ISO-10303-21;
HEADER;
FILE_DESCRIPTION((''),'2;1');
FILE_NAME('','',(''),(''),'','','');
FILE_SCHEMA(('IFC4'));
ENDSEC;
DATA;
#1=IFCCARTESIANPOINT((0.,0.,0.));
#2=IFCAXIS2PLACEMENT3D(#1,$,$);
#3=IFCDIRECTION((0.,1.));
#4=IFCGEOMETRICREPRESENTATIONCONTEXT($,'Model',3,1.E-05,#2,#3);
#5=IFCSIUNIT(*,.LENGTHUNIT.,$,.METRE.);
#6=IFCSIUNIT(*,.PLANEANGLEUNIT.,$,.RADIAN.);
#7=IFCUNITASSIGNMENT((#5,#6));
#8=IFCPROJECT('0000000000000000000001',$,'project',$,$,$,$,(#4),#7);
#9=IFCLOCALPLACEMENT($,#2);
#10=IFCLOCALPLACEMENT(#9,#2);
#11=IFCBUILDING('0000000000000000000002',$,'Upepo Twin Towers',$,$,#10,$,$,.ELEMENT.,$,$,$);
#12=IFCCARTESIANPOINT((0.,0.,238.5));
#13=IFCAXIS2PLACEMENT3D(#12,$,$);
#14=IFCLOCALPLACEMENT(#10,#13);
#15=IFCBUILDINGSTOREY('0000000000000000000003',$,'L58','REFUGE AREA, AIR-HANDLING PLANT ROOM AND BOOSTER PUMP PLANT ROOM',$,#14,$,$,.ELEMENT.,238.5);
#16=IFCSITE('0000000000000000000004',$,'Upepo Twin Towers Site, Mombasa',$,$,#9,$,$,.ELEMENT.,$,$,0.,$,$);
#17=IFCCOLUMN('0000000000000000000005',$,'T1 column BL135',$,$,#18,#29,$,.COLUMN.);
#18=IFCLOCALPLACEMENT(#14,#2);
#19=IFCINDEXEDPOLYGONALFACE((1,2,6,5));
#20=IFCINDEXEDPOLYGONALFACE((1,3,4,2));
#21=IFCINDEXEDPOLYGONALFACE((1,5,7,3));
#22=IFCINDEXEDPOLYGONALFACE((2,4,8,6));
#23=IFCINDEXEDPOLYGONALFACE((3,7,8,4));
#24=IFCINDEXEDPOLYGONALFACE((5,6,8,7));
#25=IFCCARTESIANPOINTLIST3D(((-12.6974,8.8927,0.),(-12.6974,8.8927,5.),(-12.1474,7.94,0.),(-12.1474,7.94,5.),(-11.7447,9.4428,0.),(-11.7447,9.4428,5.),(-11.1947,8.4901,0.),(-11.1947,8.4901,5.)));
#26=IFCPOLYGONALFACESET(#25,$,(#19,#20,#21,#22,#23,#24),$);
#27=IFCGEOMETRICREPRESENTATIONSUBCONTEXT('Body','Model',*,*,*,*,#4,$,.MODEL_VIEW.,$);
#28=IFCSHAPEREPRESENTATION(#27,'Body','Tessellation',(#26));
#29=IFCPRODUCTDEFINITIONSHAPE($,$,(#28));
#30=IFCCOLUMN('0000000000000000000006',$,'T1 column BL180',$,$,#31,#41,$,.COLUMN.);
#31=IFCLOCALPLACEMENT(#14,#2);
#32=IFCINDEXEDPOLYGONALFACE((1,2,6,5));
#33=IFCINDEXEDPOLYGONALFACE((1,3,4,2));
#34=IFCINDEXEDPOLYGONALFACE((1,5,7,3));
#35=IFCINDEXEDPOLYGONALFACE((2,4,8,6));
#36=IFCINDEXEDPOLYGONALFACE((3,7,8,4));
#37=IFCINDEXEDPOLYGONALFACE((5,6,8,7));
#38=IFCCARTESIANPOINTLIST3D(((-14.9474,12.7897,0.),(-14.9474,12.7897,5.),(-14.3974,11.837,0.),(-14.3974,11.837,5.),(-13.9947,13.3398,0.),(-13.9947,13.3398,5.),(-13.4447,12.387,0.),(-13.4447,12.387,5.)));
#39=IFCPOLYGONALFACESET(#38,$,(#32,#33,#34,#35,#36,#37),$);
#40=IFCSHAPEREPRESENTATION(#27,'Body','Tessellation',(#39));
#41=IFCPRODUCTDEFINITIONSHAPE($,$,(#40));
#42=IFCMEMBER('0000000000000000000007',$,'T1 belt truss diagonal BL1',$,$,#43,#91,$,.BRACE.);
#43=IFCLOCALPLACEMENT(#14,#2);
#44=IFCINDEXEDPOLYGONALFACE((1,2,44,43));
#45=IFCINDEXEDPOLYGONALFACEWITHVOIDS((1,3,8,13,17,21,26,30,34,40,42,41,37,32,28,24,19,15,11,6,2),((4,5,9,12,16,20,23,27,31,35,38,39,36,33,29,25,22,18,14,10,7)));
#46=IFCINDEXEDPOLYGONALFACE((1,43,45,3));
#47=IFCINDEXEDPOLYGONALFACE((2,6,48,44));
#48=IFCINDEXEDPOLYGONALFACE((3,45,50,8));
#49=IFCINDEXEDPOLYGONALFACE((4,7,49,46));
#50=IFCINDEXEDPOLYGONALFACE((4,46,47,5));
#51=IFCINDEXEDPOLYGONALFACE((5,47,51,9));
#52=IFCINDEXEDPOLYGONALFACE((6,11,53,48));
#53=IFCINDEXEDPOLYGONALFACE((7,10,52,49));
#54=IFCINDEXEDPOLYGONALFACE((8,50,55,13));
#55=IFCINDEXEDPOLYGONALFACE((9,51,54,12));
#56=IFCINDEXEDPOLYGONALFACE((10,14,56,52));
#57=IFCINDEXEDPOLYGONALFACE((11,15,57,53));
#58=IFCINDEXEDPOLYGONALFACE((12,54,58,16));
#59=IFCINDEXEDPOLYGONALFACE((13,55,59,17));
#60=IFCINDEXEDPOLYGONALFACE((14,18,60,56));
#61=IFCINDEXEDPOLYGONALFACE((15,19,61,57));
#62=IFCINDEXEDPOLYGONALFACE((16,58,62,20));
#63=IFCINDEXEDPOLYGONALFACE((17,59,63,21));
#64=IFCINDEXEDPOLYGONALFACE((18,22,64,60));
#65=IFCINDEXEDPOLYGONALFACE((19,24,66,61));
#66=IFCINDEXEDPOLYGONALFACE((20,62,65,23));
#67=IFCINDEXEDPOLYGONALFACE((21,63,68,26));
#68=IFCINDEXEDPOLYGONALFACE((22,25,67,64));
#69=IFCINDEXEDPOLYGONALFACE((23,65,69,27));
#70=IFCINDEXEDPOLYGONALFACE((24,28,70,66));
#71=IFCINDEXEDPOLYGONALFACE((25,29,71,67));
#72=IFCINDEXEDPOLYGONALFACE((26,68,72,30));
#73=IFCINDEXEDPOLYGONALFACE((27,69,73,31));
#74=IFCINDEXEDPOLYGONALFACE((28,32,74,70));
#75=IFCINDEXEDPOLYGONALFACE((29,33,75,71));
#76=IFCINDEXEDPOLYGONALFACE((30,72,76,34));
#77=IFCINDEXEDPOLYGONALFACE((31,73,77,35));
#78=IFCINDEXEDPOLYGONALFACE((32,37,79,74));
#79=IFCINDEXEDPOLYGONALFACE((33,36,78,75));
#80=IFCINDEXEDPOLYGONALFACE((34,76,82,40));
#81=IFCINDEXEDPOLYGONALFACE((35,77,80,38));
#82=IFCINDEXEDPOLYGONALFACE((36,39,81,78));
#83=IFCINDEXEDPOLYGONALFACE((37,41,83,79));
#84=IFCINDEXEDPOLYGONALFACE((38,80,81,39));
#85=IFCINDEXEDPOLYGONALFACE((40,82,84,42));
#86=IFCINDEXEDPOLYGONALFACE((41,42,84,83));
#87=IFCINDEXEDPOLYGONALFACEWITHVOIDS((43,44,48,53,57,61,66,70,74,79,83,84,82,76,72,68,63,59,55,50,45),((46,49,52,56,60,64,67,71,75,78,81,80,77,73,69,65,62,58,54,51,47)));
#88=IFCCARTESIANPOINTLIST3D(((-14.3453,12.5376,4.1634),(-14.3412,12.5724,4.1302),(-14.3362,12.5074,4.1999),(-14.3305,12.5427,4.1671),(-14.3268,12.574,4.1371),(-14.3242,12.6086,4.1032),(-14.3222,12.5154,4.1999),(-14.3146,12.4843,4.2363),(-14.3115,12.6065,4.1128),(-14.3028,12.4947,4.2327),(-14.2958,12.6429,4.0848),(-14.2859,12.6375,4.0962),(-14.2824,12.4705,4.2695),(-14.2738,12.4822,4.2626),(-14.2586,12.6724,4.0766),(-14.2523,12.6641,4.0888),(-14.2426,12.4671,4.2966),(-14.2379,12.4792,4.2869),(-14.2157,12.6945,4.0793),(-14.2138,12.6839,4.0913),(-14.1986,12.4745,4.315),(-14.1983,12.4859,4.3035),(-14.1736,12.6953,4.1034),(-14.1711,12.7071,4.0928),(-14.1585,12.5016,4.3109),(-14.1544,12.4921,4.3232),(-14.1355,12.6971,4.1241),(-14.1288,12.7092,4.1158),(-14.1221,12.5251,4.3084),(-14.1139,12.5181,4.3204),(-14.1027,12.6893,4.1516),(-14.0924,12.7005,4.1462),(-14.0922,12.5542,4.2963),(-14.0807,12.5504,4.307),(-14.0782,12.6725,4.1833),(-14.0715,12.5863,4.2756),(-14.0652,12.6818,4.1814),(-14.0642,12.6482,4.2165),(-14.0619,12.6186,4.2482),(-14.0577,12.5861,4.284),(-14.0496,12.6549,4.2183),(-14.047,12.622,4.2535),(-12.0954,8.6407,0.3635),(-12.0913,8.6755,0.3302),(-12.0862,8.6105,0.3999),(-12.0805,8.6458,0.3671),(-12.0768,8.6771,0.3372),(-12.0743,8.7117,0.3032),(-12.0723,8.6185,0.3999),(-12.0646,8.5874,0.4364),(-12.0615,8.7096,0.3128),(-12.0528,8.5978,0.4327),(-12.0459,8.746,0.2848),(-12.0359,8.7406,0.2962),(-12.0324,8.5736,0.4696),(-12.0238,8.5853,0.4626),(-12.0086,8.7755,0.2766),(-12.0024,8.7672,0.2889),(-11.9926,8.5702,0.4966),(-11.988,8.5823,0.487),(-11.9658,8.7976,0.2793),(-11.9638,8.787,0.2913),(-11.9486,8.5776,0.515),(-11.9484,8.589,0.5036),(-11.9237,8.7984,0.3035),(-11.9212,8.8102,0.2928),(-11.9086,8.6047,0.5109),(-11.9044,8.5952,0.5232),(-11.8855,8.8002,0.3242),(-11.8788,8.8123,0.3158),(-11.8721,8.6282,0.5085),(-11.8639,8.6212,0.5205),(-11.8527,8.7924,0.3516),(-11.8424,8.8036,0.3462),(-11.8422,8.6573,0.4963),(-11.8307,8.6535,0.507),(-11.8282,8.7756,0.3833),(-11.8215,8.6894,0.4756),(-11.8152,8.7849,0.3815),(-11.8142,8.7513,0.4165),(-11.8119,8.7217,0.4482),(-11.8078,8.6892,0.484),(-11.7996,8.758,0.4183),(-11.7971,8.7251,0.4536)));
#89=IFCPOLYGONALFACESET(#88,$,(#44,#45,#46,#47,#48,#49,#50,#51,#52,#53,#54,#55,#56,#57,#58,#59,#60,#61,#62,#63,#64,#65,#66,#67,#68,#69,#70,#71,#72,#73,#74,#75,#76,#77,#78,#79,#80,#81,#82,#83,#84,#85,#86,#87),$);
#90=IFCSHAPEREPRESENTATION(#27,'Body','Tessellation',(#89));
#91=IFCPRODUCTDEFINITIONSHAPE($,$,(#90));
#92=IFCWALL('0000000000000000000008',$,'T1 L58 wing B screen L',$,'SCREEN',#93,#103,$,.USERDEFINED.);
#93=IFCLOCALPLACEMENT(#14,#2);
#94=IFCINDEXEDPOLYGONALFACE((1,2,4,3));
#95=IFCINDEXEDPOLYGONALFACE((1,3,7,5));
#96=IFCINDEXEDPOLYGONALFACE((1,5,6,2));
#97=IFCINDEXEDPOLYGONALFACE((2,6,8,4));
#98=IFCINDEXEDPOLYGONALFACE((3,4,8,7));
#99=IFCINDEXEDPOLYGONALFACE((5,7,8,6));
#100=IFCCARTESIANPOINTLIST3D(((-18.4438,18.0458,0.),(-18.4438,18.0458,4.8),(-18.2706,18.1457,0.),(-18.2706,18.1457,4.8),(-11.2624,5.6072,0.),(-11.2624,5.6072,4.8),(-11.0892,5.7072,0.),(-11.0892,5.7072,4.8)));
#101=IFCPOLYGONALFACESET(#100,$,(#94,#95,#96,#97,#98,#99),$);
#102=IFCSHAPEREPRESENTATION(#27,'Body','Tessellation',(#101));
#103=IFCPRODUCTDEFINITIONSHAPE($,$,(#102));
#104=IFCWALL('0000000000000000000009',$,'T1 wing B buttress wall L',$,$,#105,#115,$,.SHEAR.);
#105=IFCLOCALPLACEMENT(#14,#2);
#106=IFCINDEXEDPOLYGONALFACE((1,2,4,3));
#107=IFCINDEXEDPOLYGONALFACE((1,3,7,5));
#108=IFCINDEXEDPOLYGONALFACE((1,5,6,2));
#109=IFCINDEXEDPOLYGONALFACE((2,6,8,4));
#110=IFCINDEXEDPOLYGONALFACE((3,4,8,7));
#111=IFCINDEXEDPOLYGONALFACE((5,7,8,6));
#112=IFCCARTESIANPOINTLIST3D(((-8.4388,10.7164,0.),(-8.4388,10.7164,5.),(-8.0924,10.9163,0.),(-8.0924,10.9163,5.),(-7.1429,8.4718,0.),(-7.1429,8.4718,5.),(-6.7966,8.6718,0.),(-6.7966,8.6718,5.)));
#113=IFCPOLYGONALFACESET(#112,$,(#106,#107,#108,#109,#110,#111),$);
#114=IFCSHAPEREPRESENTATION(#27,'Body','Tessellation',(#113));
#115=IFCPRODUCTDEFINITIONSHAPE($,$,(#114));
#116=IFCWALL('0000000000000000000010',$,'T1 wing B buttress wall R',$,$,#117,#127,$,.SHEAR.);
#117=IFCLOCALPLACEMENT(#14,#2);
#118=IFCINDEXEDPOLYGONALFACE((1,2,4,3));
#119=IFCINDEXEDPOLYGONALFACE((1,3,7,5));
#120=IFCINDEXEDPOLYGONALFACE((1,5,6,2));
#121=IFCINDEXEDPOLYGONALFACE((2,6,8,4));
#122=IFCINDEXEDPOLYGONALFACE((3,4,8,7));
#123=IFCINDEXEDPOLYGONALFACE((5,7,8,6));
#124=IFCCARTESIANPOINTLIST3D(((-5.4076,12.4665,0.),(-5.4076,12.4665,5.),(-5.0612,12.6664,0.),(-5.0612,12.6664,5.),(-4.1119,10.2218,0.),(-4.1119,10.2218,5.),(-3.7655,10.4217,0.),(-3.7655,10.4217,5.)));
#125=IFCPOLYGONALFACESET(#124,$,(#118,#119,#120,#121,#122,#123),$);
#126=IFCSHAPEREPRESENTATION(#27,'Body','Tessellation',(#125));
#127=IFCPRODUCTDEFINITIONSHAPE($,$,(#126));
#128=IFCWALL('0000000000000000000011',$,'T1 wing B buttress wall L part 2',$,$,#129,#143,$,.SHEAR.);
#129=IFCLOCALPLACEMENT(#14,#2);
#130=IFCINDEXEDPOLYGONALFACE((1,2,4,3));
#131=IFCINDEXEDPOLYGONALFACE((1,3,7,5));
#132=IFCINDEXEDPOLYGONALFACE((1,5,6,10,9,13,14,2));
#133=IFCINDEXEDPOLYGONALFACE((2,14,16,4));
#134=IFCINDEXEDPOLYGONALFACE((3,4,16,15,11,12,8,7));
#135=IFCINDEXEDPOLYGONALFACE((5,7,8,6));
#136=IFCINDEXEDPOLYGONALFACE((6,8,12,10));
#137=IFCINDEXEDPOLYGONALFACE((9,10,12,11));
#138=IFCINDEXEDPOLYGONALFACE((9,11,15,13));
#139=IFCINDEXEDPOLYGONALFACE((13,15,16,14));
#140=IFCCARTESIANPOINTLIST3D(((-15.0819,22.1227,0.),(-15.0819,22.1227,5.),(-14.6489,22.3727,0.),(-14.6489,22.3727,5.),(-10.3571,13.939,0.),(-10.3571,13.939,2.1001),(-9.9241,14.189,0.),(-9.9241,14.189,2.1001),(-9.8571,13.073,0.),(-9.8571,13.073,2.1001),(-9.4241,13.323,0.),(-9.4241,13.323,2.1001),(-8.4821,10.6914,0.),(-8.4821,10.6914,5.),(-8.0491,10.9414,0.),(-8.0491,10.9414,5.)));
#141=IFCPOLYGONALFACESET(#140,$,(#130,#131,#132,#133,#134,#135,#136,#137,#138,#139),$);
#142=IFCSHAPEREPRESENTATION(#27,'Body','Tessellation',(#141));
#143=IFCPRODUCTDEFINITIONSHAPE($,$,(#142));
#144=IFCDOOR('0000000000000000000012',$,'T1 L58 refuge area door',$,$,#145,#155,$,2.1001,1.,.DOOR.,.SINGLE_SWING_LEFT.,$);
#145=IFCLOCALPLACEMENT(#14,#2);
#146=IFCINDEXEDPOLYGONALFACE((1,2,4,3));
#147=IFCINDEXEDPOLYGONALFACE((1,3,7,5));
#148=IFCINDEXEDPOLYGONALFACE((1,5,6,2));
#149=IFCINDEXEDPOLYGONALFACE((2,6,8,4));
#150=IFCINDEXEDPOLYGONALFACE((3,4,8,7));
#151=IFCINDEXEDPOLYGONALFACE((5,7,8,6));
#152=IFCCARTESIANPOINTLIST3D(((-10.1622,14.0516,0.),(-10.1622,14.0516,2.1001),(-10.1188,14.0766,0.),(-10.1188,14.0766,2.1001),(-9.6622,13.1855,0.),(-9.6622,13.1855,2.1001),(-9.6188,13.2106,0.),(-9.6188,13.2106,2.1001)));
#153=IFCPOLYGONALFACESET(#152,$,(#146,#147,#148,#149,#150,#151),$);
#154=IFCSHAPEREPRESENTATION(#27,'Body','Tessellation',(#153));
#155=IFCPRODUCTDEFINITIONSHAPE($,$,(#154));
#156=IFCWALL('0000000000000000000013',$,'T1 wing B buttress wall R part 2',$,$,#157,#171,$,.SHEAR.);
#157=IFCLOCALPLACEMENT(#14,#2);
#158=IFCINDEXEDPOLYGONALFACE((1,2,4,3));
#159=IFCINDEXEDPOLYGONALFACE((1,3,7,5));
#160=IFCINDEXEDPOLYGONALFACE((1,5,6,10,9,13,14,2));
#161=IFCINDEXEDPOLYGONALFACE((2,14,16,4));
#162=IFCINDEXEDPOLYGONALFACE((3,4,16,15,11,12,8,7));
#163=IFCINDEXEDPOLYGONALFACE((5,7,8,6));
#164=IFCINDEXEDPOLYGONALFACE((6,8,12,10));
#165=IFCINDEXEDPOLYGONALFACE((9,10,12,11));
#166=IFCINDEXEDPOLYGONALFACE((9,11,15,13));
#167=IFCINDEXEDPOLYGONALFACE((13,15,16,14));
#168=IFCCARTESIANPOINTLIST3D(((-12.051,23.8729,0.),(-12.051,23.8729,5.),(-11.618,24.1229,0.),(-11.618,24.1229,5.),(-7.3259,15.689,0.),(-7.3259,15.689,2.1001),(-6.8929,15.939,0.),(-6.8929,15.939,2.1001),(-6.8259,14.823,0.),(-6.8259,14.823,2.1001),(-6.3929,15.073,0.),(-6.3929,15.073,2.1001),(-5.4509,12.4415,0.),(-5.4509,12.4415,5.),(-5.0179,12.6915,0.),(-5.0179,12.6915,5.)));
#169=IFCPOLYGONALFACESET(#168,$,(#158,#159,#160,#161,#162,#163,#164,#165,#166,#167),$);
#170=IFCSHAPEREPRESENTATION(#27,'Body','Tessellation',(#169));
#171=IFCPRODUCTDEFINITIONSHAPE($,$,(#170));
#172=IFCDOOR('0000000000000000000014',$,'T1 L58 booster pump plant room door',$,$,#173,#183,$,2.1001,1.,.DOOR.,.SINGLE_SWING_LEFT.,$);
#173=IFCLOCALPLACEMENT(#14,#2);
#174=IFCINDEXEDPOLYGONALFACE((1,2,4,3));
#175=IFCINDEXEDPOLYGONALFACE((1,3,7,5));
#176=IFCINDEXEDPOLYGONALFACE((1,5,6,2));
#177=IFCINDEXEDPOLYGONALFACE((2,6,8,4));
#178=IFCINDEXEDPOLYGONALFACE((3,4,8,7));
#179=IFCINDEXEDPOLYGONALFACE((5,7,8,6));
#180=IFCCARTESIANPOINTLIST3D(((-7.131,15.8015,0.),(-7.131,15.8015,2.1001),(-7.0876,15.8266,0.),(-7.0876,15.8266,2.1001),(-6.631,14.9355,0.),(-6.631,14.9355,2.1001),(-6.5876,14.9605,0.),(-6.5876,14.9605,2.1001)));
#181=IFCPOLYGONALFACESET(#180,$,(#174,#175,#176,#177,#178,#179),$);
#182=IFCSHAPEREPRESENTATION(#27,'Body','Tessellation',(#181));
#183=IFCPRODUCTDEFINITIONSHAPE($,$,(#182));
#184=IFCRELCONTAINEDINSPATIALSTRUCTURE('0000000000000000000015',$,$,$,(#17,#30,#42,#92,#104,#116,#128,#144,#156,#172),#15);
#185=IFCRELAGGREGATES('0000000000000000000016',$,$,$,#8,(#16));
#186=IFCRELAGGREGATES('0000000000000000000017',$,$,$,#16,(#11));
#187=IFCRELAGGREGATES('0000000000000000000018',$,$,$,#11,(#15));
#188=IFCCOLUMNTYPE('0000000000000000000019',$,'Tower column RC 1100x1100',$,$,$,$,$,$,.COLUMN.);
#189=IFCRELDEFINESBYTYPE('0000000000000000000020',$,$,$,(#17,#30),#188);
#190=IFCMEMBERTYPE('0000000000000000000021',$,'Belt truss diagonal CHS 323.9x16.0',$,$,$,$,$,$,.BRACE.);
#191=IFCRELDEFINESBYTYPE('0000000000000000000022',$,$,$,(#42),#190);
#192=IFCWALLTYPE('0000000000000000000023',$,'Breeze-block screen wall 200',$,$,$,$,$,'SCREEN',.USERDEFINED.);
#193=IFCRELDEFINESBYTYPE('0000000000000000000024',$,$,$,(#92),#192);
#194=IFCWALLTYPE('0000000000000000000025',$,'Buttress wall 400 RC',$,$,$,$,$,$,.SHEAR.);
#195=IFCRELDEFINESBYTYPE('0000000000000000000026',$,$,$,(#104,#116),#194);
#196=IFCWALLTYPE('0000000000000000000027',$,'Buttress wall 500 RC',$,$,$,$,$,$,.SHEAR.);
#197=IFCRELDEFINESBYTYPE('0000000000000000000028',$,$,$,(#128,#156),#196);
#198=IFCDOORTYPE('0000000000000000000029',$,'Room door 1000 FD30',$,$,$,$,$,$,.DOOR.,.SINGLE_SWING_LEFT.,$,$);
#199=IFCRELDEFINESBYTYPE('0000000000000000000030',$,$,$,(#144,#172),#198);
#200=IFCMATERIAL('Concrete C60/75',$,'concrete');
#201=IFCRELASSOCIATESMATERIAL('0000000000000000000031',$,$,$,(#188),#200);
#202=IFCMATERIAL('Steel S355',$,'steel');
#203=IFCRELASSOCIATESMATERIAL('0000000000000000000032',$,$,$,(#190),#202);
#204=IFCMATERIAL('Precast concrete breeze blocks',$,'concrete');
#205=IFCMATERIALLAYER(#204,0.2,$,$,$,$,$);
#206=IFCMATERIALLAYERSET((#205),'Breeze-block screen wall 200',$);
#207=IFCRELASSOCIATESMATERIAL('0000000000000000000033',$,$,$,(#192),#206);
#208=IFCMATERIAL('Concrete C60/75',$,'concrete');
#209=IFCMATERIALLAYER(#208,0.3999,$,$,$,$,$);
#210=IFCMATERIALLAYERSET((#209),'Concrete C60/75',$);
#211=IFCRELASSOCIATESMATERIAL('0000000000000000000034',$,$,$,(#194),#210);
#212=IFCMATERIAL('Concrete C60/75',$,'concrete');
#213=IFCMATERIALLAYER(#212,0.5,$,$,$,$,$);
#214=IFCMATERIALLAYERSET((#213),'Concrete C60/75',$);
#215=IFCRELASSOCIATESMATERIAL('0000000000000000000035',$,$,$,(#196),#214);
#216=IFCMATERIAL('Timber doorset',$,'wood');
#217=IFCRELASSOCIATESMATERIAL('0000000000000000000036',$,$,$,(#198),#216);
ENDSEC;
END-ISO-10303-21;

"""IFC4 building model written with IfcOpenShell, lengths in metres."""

from ifc_helpers import new_model, si_unit, direction, frame, frame_2d, origin, origin_2d, place, context, subcontext, project, spatial, rectangle, hollow_circle, extrude, material, layer, layer_set, material_profile, profile_set, type_object, element, fill, save


model = new_model("IFC4")

# Units and contexts
model_context = context("Model", 3, precision=1e-05, world=origin(), true_north=direction((0.0, 1.0)))
body_context = subcontext(model_context, "Body", "Model", "MODEL_VIEW")
ifc_project = project(units=[si_unit("LENGTHUNIT", "METRE"), si_unit("PLANEANGLEUNIT", "RADIAN")], contexts=[model_context])

# Site, building, storey
site_placement = place(None, origin())
site = spatial("IfcSite", under=ifc_project, at=site_placement, Name="Upepo Twin Towers Site, Mombasa", CompositionType="ELEMENT", RefElevation=0.0)
building_placement = place(site_placement, origin())
building = spatial("IfcBuilding", under=site, at=building_placement, Name="Upepo Twin Towers", CompositionType="ELEMENT")
storey_placement = place(building_placement, frame((0.0, 0.0, 238.5)))
storey = spatial("IfcBuildingStorey", under=building, at=storey_placement, Name="L58", Description="REFUGE AREA, AIR-HANDLING PLANT ROOM AND BOOSTER PUMP PLANT ROOM", CompositionType="ELEMENT", Elevation=238.5)

# Columns
ifc_material_1 = material(Name="Concrete C60/75", Category="concrete")
ifc_material_profile_1 = material_profile(ifc_material_1, rectangle(XDim=1.1001, YDim=1.1001, at=origin_2d()), Name="RC 1100x1100")
ifc_profile_set_1 = profile_set([ifc_material_profile_1], Name="Concrete C60/75")
column_type = type_object("IfcColumnType", Name="Tower column RC 1100x1100", PredefinedType="COLUMN", material=ifc_profile_set_1)
for number, where, z_axis, x_axis, name in (
    (1, (-11.946, 8.6914, 0.0), (0.0, 0.0, 1.0), (0.866025, 0.5, 0.0), "T1 column BL135"),
    (2, (-14.196, 12.5884, 0.0), (0.0, 0.0, 1.0), (0.866025, 0.5, 0.0), "T1 column BL180"),
):
    element("IfcColumn", number, at=place(storey_placement, frame(where, z_axis=z_axis, x_axis=x_axis)), inside=storey, type_object=column_type, Name=name, PredefinedType="COLUMN", context=body_context, shape_type="SweptSolid", body=[
        extrude(rectangle(XDim=1.1001, YDim=1.1001, at=origin_2d()), origin(), (0.0, 0.0, 1.0), 5.0),
    ])

# Member
ifc_material_2 = material(Name="Steel S355", Category="steel")
ifc_material_profile_2 = material_profile(ifc_material_2, hollow_circle(Radius=0.1619, WallThickness=0.0161, at=origin_2d()), Name="CHS 323.9x16.0")
ifc_profile_set_2 = profile_set([ifc_material_profile_2], Name="Steel S355")
member_type = type_object("IfcMemberType", Name="Belt truss diagonal CHS 323.9x16.0", PredefinedType="BRACE", material=ifc_profile_set_2)
member_placement = place(storey_placement, frame((-11.946, 8.6914, 0.3999), z_axis=(-0.382019, 0.661652, 0.645196), x_axis=(-0.866018, -0.500014, 0.0)))
element("IfcMember", 3, at=member_placement, inside=storey, type_object=member_type, Name="T1 belt truss diagonal BL1", PredefinedType="BRACE", context=body_context, shape_type="SweptSolid", body=[
    extrude(hollow_circle(Radius=0.1619, WallThickness=0.0161, at=origin_2d()), origin(), (0.0, 0.0, 1.0), 5.8896),
])

# Walls
ifc_material_3 = material(Name="Precast concrete breeze blocks", Category="concrete")
ifc_layer_1 = layer(ifc_material_3, 0.2)
ifc_layer_set_1 = layer_set([ifc_layer_1], Name="Breeze-block screen wall 200")
wall_type_1 = type_object("IfcWallType", Name="Breeze-block screen wall 200", ElementType="SCREEN", PredefinedType="USERDEFINED", material=ifc_layer_set_1)
wall_1_placement = place(storey_placement, frame((-11.1758, 5.6572, 0.0), z_axis=(0.0, 0.0, 1.0), x_axis=(-0.500002, 0.866024, 0.0)))
element("IfcWall", 4, at=wall_1_placement, inside=storey, type_object=wall_type_1, Name="T1 L58 wing B screen L", ObjectType="SCREEN", PredefinedType="USERDEFINED", context=body_context, shape_type="SweptSolid", body=[
    extrude(rectangle(XDim=14.3628, YDim=0.2, at=frame_2d((7.1814, 0.0))), origin(), (0.0, 0.0, 1.0), 4.8),
])
ifc_material_4 = material(Name="Concrete C60/75", Category="concrete")
ifc_layer_2 = layer(ifc_material_4, 0.3999)
ifc_layer_set_2 = layer_set([ifc_layer_2], Name="Concrete C60/75")
wall_type_2 = type_object("IfcWallType", Name="Buttress wall 400 RC", PredefinedType="SHEAR", material=ifc_layer_set_2)
for number, where, z_axis, x_axis, name in (
    (5, (-6.9697, 8.5718, 0.0), (0.0, 0.0, 1.0), (-0.499989, 0.866032, 0.0), "T1 wing B buttress wall L"),
    (6, (-3.9387, 10.3218, 0.0), (0.0, 0.0, 1.0), (-0.499918, 0.866073, 0.0), "T1 wing B buttress wall R"),
):
    element("IfcWall", number, at=place(storey_placement, frame(where, z_axis=z_axis, x_axis=x_axis)), inside=storey, type_object=wall_type_2, Name=name, PredefinedType="SHEAR", context=body_context, shape_type="SweptSolid", body=[
        extrude(rectangle(XDim=2.5918, YDim=0.3999, at=frame_2d((1.2959, 0.0))), origin(), (0.0, 0.0, 1.0), 5.0),
    ])

# Walls, openings, doors
ifc_material_5 = material(Name="Concrete C60/75", Category="concrete")
ifc_layer_3 = layer(ifc_material_5, 0.5)
ifc_layer_set_3 = layer_set([ifc_layer_3], Name="Concrete C60/75")
wall_type_3 = type_object("IfcWallType", Name="Buttress wall 500 RC", PredefinedType="SHEAR", material=ifc_layer_set_3)
wall_2_placement = place(storey_placement, frame((-8.2656, 10.8164, 0.0), z_axis=(0.0, 0.0, 1.0), x_axis=(-0.499996, 0.866028, 0.0)))
wall_2 = element("IfcWall", 7, at=wall_2_placement, inside=storey, type_object=wall_type_3, Name="T1 wing B buttress wall L part 2", PredefinedType="SHEAR", context=body_context, shape_type="SweptSolid", body=[
    extrude(rectangle(XDim=13.1997, YDim=0.5, at=frame_2d((6.5999, 0.0))), origin(), (0.0, 0.0, 1.0), 5.0),
])
opening_1_placement = place(wall_2_placement, frame((2.75, 0.0, 0.0)))
opening_1 = element("IfcOpeningElement", 8, at=opening_1_placement, cuts=wall_2, PredefinedType="OPENING", context=body_context, shape_type="SweptSolid", body=[
    extrude(rectangle(XDim=1.0, YDim=2.1001, at=frame_2d((0.5, 1.05))), frame((0.0, 0.26, 0.0), z_axis=(0.0, -1.0, 0.0), x_axis=(1.0, 0.0, 0.0)), (0.0, 0.0, 1.0), 0.52),
])
ifc_material_6 = material(Name="Timber doorset", Category="wood")
door_type_1 = type_object("IfcDoorType", Name="Room door 1000 FD30", OperationType="SINGLE_SWING_LEFT", PredefinedType="DOOR", material=ifc_material_6)
door_1_placement = place(opening_1_placement, origin())
door_1 = element("IfcDoor", 9, at=door_1_placement, inside=storey, type_object=door_type_1, Name="T1 L58 refuge area door", OperationType="SINGLE_SWING_LEFT", OverallHeight=2.1001, OverallWidth=1.0, PredefinedType="DOOR", context=body_context, shape_type="SweptSolid", body=[
    extrude(rectangle(XDim=1.0, YDim=2.1001, at=frame_2d((0.5, 1.05))), frame((0.0, 0.0249, 0.0), z_axis=(0.0, -1.0, 0.0), x_axis=(1.0, 0.0, 0.0)), (0.0, 0.0, 1.0), 0.05),
])
fill(opening_1, door_1)
wall_3_placement = place(storey_placement, frame((-5.2344, 12.5664, 0.0), z_axis=(0.0, 0.0, 1.0), x_axis=(-0.50001, 0.86602, 0.0)))
wall_3 = element("IfcWall", 10, at=wall_3_placement, inside=storey, type_object=wall_type_3, Name="T1 wing B buttress wall R part 2", PredefinedType="SHEAR", context=body_context, shape_type="SweptSolid", body=[
    extrude(rectangle(XDim=13.2, YDim=0.5, at=frame_2d((6.6001, 0.0))), origin(), (0.0, 0.0, 1.0), 5.0),
])
opening_2_placement = place(wall_3_placement, frame((2.75, 0.0, 0.0)))
opening_2 = element("IfcOpeningElement", 11, at=opening_2_placement, cuts=wall_3, PredefinedType="OPENING", context=body_context, shape_type="SweptSolid", body=[
    extrude(rectangle(XDim=1.0, YDim=2.1001, at=frame_2d((0.5, 1.05))), frame((0.0, 0.26, 0.0), z_axis=(0.0, -1.0, 0.0), x_axis=(1.0, 0.0, 0.0)), (0.0, 0.0, 1.0), 0.52),
])
door_2_placement = place(opening_2_placement, origin())
door_2 = element("IfcDoor", 12, at=door_2_placement, inside=storey, type_object=door_type_1, Name="T1 L58 booster pump plant room door", OperationType="SINGLE_SWING_LEFT", OverallHeight=2.1001, OverallWidth=1.0, PredefinedType="DOOR", context=body_context, shape_type="SweptSolid", body=[
    extrude(rectangle(XDim=1.0, YDim=2.1001, at=frame_2d((0.5, 1.05))), frame((0.0, 0.0249, 0.0), z_axis=(0.0, -1.0, 0.0), x_axis=(1.0, 0.0, 0.0)), (0.0, 0.0, 1.0), 0.05),
])
fill(opening_2, door_2)

save(model, "model.ifc")
